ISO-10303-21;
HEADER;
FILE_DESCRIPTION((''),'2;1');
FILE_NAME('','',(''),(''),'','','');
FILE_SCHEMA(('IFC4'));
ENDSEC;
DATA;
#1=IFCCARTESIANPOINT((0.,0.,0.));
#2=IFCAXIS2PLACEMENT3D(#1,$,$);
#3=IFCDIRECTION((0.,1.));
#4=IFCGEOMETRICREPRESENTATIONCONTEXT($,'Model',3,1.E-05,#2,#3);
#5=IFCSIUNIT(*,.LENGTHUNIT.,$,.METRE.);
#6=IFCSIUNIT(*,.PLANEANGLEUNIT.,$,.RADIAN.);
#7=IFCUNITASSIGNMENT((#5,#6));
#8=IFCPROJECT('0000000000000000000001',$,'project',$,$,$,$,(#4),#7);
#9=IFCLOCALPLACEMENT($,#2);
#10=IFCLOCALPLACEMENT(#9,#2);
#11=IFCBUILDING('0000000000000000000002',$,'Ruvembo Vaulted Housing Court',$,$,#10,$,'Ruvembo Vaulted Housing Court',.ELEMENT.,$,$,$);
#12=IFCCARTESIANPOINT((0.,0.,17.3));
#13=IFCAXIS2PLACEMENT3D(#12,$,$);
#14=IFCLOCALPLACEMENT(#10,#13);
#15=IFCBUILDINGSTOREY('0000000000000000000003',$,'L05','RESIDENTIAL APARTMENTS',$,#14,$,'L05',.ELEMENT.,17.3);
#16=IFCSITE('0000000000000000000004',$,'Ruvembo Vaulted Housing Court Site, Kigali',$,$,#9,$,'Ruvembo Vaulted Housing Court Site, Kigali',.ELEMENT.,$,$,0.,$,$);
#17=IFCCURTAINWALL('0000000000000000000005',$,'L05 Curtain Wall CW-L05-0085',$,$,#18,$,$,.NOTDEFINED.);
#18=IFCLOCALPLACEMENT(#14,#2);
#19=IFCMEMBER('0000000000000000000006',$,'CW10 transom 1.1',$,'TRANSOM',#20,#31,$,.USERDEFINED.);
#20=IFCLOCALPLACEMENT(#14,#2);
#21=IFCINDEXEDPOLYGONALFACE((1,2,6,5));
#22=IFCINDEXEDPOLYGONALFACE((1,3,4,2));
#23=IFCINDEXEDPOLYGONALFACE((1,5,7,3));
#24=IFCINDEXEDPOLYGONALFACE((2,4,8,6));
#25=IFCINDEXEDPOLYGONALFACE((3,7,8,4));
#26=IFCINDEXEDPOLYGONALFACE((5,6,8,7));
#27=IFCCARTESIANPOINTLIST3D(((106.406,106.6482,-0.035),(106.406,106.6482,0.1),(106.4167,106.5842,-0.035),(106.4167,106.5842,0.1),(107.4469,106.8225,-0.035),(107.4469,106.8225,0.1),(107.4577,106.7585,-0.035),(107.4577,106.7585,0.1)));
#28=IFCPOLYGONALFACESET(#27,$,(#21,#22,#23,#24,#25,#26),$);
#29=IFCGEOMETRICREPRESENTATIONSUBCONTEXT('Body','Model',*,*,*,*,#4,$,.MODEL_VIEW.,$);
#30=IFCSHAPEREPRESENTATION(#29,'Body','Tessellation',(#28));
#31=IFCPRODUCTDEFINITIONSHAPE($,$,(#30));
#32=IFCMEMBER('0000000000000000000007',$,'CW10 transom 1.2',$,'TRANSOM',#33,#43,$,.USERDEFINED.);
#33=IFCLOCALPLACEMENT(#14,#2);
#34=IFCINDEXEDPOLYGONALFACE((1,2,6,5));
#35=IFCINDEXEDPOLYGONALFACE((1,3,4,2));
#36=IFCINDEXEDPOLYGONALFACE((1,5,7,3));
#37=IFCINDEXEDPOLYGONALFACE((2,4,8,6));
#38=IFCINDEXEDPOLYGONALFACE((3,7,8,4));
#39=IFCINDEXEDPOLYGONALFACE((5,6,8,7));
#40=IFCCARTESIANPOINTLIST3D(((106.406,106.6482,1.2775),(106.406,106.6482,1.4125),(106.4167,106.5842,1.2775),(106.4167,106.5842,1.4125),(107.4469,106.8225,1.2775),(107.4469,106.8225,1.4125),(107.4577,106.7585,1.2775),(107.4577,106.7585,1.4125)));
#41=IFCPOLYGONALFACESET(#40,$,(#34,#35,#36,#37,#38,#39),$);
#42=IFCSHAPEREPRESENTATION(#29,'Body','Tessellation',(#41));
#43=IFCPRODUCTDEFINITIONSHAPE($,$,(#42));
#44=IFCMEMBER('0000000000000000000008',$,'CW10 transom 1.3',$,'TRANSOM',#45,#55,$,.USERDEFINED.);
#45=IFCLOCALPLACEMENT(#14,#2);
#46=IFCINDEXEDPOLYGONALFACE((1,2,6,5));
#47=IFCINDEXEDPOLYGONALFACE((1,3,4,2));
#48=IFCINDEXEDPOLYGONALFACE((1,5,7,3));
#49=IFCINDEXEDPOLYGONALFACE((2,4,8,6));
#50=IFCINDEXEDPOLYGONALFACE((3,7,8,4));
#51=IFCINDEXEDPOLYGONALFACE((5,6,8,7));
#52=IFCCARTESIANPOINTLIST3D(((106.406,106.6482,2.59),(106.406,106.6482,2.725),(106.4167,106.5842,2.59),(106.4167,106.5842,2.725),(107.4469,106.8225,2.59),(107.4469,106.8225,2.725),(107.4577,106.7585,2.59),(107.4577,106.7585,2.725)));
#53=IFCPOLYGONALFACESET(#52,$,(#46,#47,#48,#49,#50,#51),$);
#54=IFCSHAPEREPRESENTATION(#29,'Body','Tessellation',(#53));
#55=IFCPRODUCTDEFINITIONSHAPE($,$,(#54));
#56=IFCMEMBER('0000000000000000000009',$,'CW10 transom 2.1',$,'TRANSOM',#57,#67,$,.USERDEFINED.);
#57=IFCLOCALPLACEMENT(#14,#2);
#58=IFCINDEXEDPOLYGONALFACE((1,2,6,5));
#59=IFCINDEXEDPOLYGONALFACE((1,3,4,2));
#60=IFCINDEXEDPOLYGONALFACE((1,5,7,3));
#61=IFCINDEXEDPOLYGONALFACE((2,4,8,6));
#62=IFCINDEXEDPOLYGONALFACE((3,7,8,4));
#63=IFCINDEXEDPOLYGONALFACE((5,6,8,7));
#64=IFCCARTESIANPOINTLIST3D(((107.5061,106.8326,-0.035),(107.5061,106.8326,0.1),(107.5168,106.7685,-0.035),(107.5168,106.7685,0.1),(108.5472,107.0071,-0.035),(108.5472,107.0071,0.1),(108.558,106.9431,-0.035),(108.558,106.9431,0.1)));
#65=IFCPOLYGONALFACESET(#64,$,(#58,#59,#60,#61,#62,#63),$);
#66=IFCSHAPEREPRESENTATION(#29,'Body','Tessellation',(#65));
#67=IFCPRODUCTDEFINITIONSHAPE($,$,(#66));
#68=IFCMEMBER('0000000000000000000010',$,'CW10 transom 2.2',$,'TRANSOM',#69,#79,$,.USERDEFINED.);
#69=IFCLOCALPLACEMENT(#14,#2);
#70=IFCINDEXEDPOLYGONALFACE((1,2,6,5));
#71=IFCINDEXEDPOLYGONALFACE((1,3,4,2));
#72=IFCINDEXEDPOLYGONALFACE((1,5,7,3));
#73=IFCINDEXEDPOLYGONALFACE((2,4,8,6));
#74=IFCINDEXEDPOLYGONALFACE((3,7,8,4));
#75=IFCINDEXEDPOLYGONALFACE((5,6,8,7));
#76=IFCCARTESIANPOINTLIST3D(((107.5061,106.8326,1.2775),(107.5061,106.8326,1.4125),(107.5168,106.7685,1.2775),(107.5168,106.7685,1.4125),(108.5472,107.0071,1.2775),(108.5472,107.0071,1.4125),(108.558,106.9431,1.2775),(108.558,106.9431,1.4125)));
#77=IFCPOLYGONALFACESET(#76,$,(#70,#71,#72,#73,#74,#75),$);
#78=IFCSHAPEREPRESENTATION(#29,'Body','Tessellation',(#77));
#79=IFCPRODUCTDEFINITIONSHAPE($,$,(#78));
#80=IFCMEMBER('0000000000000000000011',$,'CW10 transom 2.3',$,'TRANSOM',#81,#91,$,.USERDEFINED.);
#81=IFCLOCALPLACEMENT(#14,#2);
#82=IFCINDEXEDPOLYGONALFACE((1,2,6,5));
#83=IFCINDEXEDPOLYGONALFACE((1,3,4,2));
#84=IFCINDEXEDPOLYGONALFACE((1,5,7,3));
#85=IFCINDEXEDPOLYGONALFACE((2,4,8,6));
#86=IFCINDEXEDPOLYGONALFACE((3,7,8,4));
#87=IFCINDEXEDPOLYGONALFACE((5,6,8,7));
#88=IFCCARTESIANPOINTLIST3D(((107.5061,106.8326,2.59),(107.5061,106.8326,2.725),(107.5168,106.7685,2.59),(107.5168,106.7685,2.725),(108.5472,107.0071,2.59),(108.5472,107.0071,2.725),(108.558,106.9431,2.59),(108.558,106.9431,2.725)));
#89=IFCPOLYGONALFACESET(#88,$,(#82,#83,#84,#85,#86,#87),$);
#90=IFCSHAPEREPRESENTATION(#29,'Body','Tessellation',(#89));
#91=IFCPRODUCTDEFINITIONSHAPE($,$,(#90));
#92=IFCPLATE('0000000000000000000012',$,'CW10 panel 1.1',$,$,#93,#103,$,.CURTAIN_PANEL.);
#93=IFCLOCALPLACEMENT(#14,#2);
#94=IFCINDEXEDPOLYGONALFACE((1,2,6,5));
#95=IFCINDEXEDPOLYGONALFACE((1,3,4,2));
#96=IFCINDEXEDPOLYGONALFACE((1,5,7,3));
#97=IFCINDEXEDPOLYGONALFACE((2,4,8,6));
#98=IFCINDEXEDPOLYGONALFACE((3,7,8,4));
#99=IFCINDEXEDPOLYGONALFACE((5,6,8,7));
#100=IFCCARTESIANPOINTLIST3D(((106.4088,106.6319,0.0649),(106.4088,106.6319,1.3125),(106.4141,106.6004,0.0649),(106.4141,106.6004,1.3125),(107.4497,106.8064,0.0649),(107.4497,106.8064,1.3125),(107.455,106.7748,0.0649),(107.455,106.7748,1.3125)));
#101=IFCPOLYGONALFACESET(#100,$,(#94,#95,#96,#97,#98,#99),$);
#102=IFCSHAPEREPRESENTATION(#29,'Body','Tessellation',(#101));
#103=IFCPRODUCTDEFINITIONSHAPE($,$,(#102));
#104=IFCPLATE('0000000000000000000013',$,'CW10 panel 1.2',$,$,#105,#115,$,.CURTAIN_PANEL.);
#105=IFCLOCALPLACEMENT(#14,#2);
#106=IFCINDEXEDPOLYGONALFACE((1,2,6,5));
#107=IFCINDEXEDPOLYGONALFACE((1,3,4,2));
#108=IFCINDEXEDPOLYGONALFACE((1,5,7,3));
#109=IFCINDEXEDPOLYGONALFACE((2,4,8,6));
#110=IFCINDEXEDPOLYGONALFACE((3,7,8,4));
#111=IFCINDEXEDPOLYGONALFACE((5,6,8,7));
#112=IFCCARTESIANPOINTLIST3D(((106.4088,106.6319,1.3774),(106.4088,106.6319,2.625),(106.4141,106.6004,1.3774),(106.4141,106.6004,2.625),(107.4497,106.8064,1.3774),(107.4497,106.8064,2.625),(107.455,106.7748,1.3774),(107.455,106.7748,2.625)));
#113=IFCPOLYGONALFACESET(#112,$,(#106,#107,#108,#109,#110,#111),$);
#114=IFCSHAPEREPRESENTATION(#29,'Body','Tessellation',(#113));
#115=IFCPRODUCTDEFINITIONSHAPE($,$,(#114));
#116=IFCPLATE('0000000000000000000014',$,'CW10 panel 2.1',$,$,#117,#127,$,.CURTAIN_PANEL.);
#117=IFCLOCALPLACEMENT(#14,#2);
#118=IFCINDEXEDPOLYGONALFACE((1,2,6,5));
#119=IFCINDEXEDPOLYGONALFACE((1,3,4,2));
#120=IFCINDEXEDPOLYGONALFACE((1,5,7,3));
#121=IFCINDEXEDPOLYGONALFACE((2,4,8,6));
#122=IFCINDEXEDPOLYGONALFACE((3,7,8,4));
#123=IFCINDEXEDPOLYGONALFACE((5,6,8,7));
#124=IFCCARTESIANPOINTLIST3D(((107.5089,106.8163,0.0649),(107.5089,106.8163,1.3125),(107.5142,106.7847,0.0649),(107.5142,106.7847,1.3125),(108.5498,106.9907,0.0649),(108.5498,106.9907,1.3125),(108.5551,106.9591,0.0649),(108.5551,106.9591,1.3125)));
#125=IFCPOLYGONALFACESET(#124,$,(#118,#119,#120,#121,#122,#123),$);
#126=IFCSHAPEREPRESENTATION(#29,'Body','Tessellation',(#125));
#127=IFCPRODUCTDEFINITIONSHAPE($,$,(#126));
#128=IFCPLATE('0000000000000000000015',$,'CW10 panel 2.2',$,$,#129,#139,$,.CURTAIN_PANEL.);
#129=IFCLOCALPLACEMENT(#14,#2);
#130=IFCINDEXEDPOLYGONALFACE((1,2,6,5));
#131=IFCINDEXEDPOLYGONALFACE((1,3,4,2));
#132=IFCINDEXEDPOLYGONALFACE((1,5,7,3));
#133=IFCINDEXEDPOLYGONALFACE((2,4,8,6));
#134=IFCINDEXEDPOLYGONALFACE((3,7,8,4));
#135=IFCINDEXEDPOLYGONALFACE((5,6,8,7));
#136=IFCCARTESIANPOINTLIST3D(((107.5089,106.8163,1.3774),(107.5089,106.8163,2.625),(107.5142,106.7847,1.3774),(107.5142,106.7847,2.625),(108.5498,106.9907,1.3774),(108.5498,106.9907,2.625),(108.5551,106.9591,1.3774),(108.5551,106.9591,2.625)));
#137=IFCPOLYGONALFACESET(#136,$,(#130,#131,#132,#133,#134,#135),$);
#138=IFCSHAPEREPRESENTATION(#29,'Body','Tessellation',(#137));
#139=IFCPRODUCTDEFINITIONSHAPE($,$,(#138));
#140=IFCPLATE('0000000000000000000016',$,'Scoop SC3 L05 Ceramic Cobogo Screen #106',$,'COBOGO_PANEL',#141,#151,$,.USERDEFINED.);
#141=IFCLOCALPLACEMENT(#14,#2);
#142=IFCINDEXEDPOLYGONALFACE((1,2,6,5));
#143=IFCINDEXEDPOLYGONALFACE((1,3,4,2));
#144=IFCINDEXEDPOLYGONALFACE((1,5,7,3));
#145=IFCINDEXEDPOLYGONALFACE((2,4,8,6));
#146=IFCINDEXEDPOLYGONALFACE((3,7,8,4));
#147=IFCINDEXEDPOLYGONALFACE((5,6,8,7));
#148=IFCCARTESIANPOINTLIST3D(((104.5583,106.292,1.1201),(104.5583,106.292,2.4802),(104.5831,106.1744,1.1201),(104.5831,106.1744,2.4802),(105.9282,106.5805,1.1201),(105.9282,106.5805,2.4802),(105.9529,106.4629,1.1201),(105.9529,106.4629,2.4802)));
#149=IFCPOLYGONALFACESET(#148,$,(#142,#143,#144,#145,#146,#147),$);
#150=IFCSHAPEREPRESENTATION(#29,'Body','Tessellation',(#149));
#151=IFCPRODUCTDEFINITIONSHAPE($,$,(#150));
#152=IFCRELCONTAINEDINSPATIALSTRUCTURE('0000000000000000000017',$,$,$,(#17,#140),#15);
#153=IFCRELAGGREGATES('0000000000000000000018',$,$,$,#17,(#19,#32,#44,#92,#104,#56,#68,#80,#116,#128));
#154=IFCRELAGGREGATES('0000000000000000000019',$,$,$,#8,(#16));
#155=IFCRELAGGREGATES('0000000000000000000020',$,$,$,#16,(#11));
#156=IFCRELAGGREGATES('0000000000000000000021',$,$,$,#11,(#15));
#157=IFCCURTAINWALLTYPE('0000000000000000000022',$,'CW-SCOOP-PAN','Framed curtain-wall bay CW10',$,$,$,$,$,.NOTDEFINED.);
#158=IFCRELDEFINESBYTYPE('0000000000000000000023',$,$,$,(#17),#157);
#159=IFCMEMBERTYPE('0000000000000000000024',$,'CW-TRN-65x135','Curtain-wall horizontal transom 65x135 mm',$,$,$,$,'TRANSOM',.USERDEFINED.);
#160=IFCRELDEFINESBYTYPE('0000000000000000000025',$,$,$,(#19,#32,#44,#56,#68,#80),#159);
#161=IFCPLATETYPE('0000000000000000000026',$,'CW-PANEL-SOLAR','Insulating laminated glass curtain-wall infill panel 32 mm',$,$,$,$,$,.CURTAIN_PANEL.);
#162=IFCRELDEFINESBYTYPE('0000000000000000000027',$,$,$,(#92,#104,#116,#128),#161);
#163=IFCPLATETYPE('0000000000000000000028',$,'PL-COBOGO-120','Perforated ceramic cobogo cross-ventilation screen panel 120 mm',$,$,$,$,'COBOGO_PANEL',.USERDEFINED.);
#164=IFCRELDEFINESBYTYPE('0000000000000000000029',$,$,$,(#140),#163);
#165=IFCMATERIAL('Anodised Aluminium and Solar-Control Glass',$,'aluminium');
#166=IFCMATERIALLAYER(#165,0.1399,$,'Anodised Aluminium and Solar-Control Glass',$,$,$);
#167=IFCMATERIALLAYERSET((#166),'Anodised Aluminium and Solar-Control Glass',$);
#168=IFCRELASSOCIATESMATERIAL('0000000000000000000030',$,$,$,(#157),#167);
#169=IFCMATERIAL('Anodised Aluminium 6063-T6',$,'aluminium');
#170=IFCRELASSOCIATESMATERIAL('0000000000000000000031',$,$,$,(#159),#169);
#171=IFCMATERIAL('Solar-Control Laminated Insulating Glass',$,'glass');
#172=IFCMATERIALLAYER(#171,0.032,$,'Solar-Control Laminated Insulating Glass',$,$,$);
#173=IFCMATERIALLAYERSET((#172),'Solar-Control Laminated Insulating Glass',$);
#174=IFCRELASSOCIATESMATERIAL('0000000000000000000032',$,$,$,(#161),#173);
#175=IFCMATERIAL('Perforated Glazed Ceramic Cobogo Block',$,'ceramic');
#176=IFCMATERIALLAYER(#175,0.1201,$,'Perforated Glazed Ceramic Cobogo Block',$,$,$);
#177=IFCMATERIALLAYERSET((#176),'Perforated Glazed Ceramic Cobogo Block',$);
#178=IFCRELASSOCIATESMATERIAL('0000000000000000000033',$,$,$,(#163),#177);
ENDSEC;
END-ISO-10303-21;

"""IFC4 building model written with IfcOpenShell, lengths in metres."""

from ifc_helpers import new_model, si_unit, direction, frame, origin, origin_2d, place, context, subcontext, project, spatial, rectangle, extrude, material, layer, layer_set, material_profile, profile_set, type_object, element, aggregate, save


model = new_model("IFC4")

# Units and contexts
model_context = context("Model", 3, precision=1e-05, world=origin(), true_north=direction((0.0, 1.0)))
body_context = subcontext(model_context, "Body", "Model", "MODEL_VIEW")
ifc_project = project(units=[si_unit("LENGTHUNIT", "METRE"), si_unit("PLANEANGLEUNIT", "RADIAN")], contexts=[model_context])

# Site, building, storey
site_placement = place(None, origin())
site = spatial("IfcSite", under=ifc_project, at=site_placement, Name="Ruvembo Vaulted Housing Court Site, Kigali", LongName="Ruvembo Vaulted Housing Court Site, Kigali", CompositionType="ELEMENT", RefElevation=0.0)
building_placement = place(site_placement, origin())
building = spatial("IfcBuilding", under=site, at=building_placement, Name="Ruvembo Vaulted Housing Court", LongName="Ruvembo Vaulted Housing Court", CompositionType="ELEMENT")
storey_placement = place(building_placement, frame((0.0, 0.0, 17.3)))
storey = spatial("IfcBuildingStorey", under=building, at=storey_placement, Name="L05", Description="RESIDENTIAL APARTMENTS", LongName="L05", CompositionType="ELEMENT", Elevation=17.3)

# Curtain wall, members, plates
ifc_material_1 = material(Name="Anodised Aluminium and Solar-Control Glass", Category="aluminium")
ifc_layer_1 = layer(ifc_material_1, 0.1399, Name="Anodised Aluminium and Solar-Control Glass")
ifc_layer_set_1 = layer_set([ifc_layer_1], Name="Anodised Aluminium and Solar-Control Glass")
curtain_wall_type = type_object("IfcCurtainWallType", Name="CW-SCOOP-PAN", Description="Framed curtain-wall bay CW10", PredefinedType="NOTDEFINED", material=ifc_layer_set_1)
curtain_wall_placement = place(storey_placement, origin())
curtain_wall = element("IfcCurtainWall", 1, at=curtain_wall_placement, inside=storey, type_object=curtain_wall_type, Name="L05 Curtain Wall CW-L05-0085", PredefinedType="NOTDEFINED")
ifc_material_2 = material(Name="Anodised Aluminium 6063-T6", Category="aluminium")
ifc_material_profile_1 = material_profile(ifc_material_2, rectangle(XDim=0.0649, YDim=0.135, at=origin_2d()), Name="ALU 65x135")
ifc_profile_set_1 = profile_set([ifc_material_profile_1], Name="Anodised Aluminium 6063-T6")
member_type_1 = type_object("IfcMemberType", Name="CW-TRN-65x135", Description="Curtain-wall horizontal transom 65x135 mm", ElementType="TRANSOM", PredefinedType="USERDEFINED", material=ifc_profile_set_1)
member_1_placement = place(storey_placement, frame((106.4114, 106.6162, 0.0325), z_axis=(0.986269, 0.165149, 0.0), x_axis=(-0.165149, 0.986269, 0.0)))
member_1 = element("IfcMember", 2, at=member_1_placement, type_object=member_type_1, Name="CW10 transom 1.1", ObjectType="TRANSOM", PredefinedType="USERDEFINED", context=body_context, shape_type="SweptSolid", body=[
    extrude(rectangle(XDim=0.0649, YDim=0.135, at=origin_2d()), origin(), (0.0, 0.0, 1.0), 1.0554),
])
member_2_placement = place(storey_placement, frame((106.4114, 106.6162, 1.345), z_axis=(0.986269, 0.165149, 0.0), x_axis=(-0.165149, 0.986269, 0.0)))
member_2 = element("IfcMember", 3, at=member_2_placement, type_object=member_type_1, Name="CW10 transom 1.2", ObjectType="TRANSOM", PredefinedType="USERDEFINED", context=body_context, shape_type="SweptSolid", body=[
    extrude(rectangle(XDim=0.0649, YDim=0.135, at=origin_2d()), origin(), (0.0, 0.0, 1.0), 1.0554),
])
member_3_placement = place(storey_placement, frame((106.4114, 106.6162, 2.6575), z_axis=(0.986269, 0.165149, 0.0), x_axis=(-0.165149, 0.986269, 0.0)))
member_3 = element("IfcMember", 4, at=member_3_placement, type_object=member_type_1, Name="CW10 transom 1.3", ObjectType="TRANSOM", PredefinedType="USERDEFINED", context=body_context, shape_type="SweptSolid", body=[
    extrude(rectangle(XDim=0.0649, YDim=0.135, at=origin_2d()), origin(), (0.0, 0.0, 1.0), 1.0554),
])
member_4_placement = place(storey_placement, frame((107.5115, 106.8005, 0.0325), z_axis=(0.986231, 0.165374, 0.0), x_axis=(-0.165374, 0.986231, 0.0)))
member_4 = element("IfcMember", 5, at=member_4_placement, type_object=member_type_1, Name="CW10 transom 2.1", ObjectType="TRANSOM", PredefinedType="USERDEFINED", context=body_context, shape_type="SweptSolid", body=[
    extrude(rectangle(XDim=0.0649, YDim=0.135, at=origin_2d()), origin(), (0.0, 0.0, 1.0), 1.0557),
])
member_5_placement = place(storey_placement, frame((107.5115, 106.8005, 1.345), z_axis=(0.986231, 0.165374, 0.0), x_axis=(-0.165374, 0.986231, 0.0)))
member_5 = element("IfcMember", 6, at=member_5_placement, type_object=member_type_1, Name="CW10 transom 2.2", ObjectType="TRANSOM", PredefinedType="USERDEFINED", context=body_context, shape_type="SweptSolid", body=[
    extrude(rectangle(XDim=0.0649, YDim=0.135, at=origin_2d()), origin(), (0.0, 0.0, 1.0), 1.0557),
])
member_6_placement = place(storey_placement, frame((107.5115, 106.8005, 2.6575), z_axis=(0.986231, 0.165374, 0.0), x_axis=(-0.165374, 0.986231, 0.0)))
member_6 = element("IfcMember", 7, at=member_6_placement, type_object=member_type_1, Name="CW10 transom 2.3", ObjectType="TRANSOM", PredefinedType="USERDEFINED", context=body_context, shape_type="SweptSolid", body=[
    extrude(rectangle(XDim=0.0649, YDim=0.135, at=origin_2d()), origin(), (0.0, 0.0, 1.0), 1.0557),
])
ifc_material_3 = material(Name="Solar-Control Laminated Insulating Glass", Category="glass")
ifc_layer_2 = layer(ifc_material_3, 0.032, Name="Solar-Control Laminated Insulating Glass")
ifc_layer_set_2 = layer_set([ifc_layer_2], Name="Solar-Control Laminated Insulating Glass")
plate_type_1 = type_object("IfcPlateType", Name="CW-PANEL-SOLAR", Description="Insulating laminated glass curtain-wall infill panel 32 mm", PredefinedType="CURTAIN_PANEL", material=ifc_layer_set_2)
plate_1_placement = place(storey_placement, frame((106.9319, 106.7034, 0.0649), z_axis=(0.0, 0.0, 1.0), x_axis=(0.98625, 0.165263, 0.0)))
plate_1 = element("IfcPlate", 8, at=plate_1_placement, type_object=plate_type_1, Name="CW10 panel 1.1", PredefinedType="CURTAIN_PANEL", context=body_context, shape_type="SweptSolid", body=[
    extrude(rectangle(XDim=1.0554, YDim=0.032, at=origin_2d()), origin(), (0.0, 0.0, 1.0), 1.2476),
])
plate_2_placement = place(storey_placement, frame((106.9319, 106.7034, 1.3774), z_axis=(0.0, 0.0, 1.0), x_axis=(0.98625, 0.165263, 0.0)))
plate_2 = element("IfcPlate", 9, at=plate_2_placement, type_object=plate_type_1, Name="CW10 panel 1.2", PredefinedType="CURTAIN_PANEL", context=body_context, shape_type="SweptSolid", body=[
    extrude(rectangle(XDim=1.0554, YDim=0.032, at=origin_2d()), origin(), (0.0, 0.0, 1.0), 1.2476),
])
plate_3_placement = place(storey_placement, frame((108.032, 106.8877, 0.0649), z_axis=(0.0, 0.0, 1.0), x_axis=(0.98625, 0.165263, 0.0)))
plate_3 = element("IfcPlate", 10, at=plate_3_placement, type_object=plate_type_1, Name="CW10 panel 2.1", PredefinedType="CURTAIN_PANEL", context=body_context, shape_type="SweptSolid", body=[
    extrude(rectangle(XDim=1.0554, YDim=0.032, at=origin_2d()), origin(), (0.0, 0.0, 1.0), 1.2476),
])
plate_4_placement = place(storey_placement, frame((108.032, 106.8877, 1.3774), z_axis=(0.0, 0.0, 1.0), x_axis=(0.98625, 0.165263, 0.0)))
plate_4 = element("IfcPlate", 11, at=plate_4_placement, type_object=plate_type_1, Name="CW10 panel 2.2", PredefinedType="CURTAIN_PANEL", context=body_context, shape_type="SweptSolid", body=[
    extrude(rectangle(XDim=1.0554, YDim=0.032, at=origin_2d()), origin(), (0.0, 0.0, 1.0), 1.2476),
])
aggregate(curtain_wall, [member_1, member_2, member_3, plate_1, plate_2, member_4, member_5, member_6, plate_3, plate_4])

# Plate
ifc_material_4 = material(Name="Perforated Glazed Ceramic Cobogo Block", Category="ceramic")
ifc_layer_3 = layer(ifc_material_4, 0.1201, Name="Perforated Glazed Ceramic Cobogo Block")
ifc_layer_set_3 = layer_set([ifc_layer_3], Name="Perforated Glazed Ceramic Cobogo Block")
plate_type_2 = type_object("IfcPlateType", Name="PL-COBOGO-120", Description="Perforated ceramic cobogo cross-ventilation screen panel 120 mm", ElementType="COBOGO_PANEL", PredefinedType="USERDEFINED", material=ifc_layer_set_3)
plate_5_placement = place(storey_placement, frame((105.2556, 106.3774, 1.1201), z_axis=(0.0, 0.0, 1.0), x_axis=(0.978534, 0.206085, 0.0)))
element("IfcPlate", 12, at=plate_5_placement, inside=storey, type_object=plate_type_2, Name="Scoop SC3 L05 Ceramic Cobogo Screen #106", ObjectType="COBOGO_PANEL", PredefinedType="USERDEFINED", context=body_context, shape_type="SweptSolid", body=[
    extrude(rectangle(XDim=1.3999, YDim=0.1201, at=origin_2d()), origin(), (0.0, 0.0, 1.0), 1.3601),
])

save(model, "model.ifc")
